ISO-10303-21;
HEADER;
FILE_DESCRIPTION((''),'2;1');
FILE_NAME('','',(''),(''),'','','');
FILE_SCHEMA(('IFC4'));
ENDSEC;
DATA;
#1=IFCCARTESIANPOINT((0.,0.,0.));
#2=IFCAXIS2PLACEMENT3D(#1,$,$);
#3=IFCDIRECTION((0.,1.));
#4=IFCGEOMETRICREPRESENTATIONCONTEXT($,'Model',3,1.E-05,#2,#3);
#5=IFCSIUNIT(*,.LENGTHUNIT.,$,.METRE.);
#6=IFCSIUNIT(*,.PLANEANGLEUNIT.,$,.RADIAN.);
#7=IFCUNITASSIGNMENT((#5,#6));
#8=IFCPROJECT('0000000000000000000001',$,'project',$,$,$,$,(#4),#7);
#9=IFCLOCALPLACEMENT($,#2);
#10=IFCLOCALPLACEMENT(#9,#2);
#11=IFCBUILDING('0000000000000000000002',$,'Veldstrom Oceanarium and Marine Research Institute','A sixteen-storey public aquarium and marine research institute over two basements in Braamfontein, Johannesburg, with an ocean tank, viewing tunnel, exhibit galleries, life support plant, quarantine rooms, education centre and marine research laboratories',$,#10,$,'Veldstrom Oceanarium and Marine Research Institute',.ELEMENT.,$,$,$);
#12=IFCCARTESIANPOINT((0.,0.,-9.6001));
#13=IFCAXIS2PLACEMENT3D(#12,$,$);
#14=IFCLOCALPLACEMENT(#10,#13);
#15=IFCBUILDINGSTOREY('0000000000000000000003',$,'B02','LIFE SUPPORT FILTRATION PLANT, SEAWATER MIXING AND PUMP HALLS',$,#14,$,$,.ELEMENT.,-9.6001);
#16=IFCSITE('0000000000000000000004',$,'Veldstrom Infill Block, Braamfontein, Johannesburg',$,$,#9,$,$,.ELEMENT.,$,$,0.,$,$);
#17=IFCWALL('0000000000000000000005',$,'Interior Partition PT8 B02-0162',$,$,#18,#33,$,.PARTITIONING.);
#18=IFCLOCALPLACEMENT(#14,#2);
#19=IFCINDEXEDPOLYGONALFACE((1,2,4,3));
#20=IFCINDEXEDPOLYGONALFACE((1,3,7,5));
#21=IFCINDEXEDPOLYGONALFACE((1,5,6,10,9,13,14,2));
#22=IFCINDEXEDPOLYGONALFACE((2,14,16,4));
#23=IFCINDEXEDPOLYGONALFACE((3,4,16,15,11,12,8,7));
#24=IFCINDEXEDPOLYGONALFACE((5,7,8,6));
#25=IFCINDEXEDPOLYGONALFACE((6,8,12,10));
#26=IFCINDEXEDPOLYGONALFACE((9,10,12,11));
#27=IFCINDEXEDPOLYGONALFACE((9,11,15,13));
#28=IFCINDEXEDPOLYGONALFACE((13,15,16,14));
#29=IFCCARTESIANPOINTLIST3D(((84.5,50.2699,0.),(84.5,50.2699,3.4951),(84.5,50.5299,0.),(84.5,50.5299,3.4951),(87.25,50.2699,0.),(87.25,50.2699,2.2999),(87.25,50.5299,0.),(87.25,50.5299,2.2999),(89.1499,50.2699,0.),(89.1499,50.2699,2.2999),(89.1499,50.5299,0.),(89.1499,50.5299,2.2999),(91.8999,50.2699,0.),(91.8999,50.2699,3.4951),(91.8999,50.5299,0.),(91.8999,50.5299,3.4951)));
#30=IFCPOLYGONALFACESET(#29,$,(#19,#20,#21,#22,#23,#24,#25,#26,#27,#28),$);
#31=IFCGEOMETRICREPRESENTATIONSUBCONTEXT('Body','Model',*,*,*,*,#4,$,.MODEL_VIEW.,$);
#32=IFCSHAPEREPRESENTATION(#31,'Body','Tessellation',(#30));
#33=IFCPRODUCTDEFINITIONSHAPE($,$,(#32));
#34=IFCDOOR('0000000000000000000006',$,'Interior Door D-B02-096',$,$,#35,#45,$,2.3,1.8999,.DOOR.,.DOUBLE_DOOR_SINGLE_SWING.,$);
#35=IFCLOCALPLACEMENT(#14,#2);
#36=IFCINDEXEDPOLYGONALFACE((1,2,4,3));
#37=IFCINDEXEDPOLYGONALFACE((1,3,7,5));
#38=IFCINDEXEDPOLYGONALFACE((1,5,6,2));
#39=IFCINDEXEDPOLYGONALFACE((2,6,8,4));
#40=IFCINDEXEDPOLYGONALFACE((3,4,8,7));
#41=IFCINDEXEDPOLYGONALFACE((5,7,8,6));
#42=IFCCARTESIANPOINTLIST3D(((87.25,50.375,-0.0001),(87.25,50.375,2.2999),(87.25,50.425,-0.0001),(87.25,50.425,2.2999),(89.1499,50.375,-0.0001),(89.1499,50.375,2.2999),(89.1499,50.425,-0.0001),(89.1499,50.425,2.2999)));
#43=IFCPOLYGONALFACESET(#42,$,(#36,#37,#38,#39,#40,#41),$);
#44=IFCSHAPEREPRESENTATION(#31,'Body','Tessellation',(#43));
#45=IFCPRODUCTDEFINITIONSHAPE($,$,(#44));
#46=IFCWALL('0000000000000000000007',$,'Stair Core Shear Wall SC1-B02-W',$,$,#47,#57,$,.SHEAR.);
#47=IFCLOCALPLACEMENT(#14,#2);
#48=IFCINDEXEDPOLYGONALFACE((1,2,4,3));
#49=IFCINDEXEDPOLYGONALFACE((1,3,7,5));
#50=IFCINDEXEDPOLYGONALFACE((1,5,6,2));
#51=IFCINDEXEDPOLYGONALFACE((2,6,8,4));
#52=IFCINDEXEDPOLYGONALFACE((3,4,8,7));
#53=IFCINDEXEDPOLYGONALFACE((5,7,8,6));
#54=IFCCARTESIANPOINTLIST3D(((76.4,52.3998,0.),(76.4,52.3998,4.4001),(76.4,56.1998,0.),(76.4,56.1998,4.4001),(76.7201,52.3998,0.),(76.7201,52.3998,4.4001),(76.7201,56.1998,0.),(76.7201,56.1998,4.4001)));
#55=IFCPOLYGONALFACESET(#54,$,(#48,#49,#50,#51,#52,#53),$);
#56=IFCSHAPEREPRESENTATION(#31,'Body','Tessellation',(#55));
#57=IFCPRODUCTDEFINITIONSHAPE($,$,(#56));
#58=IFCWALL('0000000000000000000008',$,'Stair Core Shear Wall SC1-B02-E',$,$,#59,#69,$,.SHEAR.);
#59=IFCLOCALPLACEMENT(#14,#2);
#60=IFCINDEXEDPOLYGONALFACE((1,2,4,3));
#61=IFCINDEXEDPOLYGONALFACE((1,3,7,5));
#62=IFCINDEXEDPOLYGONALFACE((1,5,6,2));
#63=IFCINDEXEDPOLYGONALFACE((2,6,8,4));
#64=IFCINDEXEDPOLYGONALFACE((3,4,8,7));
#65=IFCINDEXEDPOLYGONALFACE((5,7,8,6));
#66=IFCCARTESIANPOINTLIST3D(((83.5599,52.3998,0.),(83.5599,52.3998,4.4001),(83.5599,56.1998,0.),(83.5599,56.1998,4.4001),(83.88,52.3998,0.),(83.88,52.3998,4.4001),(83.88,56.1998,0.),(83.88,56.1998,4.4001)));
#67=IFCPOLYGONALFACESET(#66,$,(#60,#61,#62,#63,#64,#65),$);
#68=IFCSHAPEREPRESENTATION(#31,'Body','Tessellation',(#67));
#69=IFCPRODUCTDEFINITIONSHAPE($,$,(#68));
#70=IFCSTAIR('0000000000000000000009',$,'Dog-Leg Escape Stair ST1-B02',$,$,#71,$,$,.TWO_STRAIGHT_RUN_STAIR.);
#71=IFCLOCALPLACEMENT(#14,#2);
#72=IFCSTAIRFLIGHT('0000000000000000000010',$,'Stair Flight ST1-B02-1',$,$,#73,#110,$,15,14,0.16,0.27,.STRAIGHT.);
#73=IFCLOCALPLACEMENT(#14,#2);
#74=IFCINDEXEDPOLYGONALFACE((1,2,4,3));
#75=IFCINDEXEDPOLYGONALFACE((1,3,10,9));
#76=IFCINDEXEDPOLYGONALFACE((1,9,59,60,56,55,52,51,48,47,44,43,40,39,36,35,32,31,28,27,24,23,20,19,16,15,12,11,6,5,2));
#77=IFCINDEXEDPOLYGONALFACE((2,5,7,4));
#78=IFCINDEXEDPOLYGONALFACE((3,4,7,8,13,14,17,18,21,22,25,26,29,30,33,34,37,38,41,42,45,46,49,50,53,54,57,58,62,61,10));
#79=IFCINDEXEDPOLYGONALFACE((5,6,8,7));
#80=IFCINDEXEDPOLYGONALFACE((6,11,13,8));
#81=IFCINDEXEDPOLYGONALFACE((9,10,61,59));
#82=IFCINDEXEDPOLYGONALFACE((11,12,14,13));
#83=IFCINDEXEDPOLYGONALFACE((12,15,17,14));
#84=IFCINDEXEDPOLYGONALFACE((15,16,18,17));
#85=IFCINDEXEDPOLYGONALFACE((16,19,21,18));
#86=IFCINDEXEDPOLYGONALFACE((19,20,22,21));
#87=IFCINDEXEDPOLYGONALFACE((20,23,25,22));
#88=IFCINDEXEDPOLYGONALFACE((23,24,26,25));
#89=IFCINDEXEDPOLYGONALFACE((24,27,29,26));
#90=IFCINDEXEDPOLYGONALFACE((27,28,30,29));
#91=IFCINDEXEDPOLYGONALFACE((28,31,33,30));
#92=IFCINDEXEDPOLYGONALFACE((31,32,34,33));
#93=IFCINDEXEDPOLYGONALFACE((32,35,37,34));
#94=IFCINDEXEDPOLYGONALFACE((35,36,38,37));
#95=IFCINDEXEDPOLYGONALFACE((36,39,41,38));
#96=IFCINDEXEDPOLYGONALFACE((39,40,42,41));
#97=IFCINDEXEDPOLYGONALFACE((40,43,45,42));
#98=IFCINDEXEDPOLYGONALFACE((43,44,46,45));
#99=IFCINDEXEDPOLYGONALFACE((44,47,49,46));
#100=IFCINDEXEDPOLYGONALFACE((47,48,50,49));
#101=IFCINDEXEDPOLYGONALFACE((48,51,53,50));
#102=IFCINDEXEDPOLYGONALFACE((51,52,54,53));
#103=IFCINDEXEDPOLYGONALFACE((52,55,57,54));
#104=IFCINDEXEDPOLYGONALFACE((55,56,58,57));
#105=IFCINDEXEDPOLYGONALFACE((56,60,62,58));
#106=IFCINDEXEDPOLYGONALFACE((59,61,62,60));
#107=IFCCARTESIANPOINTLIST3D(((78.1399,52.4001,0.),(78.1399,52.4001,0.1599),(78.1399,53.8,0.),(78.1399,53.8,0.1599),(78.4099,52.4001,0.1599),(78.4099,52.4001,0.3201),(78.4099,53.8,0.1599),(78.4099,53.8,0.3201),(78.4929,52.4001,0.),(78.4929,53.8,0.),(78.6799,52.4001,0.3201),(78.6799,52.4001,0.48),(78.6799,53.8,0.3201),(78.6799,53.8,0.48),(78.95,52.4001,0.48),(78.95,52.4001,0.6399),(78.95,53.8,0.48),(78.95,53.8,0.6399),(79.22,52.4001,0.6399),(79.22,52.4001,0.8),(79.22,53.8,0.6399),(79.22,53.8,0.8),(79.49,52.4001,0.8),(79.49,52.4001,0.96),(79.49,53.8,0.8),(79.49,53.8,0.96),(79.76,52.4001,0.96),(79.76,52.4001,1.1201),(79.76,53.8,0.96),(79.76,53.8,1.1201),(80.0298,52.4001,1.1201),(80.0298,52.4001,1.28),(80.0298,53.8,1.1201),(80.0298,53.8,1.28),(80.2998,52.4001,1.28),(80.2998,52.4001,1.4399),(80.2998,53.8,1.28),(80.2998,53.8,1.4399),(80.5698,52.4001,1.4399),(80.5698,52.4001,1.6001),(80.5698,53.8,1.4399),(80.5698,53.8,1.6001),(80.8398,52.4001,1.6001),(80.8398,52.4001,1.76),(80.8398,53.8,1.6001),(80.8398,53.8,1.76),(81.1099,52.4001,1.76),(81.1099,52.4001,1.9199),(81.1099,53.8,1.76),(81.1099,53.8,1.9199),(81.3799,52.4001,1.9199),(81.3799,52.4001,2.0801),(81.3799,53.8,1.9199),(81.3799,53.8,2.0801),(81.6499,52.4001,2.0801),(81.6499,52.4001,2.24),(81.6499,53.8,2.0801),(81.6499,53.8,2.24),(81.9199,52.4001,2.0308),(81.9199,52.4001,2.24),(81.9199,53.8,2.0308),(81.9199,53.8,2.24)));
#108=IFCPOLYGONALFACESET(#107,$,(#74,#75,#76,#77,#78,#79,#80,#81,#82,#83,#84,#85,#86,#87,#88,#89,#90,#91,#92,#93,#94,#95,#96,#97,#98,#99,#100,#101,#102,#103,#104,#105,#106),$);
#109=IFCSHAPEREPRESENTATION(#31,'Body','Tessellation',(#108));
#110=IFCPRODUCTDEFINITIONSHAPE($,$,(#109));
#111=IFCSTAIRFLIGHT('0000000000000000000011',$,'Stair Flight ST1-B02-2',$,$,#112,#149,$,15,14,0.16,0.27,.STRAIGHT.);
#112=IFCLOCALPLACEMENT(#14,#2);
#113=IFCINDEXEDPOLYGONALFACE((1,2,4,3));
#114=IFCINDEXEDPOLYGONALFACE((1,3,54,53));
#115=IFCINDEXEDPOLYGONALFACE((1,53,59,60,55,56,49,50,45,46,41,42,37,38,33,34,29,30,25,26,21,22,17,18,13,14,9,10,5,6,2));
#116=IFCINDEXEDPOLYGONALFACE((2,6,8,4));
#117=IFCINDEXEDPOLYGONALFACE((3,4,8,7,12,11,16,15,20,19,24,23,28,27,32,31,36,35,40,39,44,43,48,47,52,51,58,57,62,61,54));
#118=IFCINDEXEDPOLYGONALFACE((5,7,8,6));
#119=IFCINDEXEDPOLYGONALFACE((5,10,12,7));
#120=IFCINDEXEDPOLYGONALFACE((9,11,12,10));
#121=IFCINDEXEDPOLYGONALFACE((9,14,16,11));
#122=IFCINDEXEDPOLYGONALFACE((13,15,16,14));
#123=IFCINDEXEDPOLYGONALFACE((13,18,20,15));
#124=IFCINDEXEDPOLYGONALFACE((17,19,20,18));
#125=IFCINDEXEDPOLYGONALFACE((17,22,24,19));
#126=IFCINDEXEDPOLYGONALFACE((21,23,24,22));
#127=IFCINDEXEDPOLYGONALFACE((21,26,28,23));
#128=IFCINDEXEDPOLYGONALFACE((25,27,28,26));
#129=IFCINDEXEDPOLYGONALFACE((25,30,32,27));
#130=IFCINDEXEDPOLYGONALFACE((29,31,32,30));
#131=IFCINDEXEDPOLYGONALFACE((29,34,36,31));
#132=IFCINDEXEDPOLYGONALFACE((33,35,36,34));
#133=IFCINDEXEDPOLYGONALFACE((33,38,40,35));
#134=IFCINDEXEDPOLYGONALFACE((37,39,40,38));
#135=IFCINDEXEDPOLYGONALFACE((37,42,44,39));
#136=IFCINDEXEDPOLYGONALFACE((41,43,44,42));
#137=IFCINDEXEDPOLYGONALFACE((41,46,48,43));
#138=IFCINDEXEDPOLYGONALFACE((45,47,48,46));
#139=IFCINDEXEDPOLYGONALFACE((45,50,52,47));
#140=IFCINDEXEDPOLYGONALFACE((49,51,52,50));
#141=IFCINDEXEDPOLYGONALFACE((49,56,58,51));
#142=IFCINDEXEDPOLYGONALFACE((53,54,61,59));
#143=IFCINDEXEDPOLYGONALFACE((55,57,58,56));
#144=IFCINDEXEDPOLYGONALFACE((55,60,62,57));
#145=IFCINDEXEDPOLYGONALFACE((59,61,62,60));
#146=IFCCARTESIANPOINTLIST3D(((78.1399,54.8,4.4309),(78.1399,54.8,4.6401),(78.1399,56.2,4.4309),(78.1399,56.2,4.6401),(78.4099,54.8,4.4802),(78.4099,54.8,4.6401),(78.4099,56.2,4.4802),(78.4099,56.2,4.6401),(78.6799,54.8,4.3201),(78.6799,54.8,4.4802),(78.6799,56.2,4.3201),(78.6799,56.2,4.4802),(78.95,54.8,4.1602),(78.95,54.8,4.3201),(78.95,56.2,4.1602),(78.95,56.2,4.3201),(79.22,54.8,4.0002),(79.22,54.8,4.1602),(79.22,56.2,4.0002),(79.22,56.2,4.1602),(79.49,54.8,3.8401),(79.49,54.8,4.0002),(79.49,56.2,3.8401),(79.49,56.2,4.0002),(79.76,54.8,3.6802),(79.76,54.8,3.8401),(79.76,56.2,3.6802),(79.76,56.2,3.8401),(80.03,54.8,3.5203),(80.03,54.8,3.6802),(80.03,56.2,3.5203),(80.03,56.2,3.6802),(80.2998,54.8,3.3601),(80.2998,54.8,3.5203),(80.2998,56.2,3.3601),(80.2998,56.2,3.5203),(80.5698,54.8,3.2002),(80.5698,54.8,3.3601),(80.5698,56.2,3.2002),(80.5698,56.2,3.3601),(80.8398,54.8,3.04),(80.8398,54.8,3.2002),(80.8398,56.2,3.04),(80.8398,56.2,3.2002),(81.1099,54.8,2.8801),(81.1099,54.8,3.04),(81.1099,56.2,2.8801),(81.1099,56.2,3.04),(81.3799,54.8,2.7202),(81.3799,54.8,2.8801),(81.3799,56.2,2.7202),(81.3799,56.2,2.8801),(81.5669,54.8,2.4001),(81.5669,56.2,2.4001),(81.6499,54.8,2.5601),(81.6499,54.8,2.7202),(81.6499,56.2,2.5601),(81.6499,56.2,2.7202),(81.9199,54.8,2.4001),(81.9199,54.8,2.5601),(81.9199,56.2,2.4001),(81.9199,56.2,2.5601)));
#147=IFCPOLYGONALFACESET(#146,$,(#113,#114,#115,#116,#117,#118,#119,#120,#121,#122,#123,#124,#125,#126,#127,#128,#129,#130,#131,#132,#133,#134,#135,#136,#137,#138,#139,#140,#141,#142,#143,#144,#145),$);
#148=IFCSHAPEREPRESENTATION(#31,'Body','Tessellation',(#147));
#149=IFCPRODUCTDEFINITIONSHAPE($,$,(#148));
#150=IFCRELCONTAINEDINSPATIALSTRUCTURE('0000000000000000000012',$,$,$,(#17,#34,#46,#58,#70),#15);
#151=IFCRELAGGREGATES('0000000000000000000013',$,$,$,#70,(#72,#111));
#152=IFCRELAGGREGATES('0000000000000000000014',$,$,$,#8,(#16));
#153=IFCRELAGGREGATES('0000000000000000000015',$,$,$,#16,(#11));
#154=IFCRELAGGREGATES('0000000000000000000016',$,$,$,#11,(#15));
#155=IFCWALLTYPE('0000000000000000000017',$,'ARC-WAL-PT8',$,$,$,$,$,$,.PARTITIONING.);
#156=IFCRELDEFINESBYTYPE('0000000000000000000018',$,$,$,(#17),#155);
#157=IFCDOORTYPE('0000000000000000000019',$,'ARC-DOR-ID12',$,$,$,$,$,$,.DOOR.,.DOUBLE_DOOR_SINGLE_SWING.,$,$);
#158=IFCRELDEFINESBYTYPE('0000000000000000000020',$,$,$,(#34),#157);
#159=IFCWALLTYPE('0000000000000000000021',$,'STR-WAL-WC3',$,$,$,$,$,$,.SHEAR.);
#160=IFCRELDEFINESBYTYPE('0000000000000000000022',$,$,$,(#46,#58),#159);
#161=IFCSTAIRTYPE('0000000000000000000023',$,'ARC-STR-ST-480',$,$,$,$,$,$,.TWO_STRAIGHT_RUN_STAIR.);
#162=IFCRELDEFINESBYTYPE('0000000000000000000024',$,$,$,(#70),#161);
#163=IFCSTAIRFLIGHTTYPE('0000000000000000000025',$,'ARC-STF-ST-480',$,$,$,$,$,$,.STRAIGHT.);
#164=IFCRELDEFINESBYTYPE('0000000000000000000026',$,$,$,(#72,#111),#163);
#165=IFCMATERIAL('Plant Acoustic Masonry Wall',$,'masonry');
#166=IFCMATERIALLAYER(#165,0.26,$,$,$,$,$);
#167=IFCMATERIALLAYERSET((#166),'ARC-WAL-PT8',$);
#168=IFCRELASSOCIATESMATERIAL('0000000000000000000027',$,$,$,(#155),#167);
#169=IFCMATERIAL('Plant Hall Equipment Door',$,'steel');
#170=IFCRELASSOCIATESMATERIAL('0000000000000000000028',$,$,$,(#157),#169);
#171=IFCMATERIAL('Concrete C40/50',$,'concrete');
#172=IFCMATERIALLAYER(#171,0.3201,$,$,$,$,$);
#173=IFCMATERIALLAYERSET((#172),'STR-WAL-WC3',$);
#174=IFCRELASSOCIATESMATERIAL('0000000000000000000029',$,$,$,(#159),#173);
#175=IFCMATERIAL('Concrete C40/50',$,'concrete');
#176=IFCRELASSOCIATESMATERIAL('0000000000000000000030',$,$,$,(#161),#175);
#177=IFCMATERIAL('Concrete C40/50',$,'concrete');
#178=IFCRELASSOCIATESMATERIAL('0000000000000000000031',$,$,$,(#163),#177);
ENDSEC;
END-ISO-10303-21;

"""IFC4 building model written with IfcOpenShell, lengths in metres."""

from ifc_helpers import new_model, si_unit, direction, frame, frame_2d, origin, place, context, subcontext, project, spatial, polyline, rectangle, outline, extrude, material, layer, layer_set, type_object, element, fill, aggregate, save


model = new_model("IFC4")

# Units and contexts
model_context = context("Model", 3, precision=1e-05, world=origin(), true_north=direction((0.0, 1.0)))
body_context = subcontext(model_context, "Body", "Model", "MODEL_VIEW")
ifc_project = project(units=[si_unit("LENGTHUNIT", "METRE"), si_unit("PLANEANGLEUNIT", "RADIAN")], contexts=[model_context])

# Site, building, storey
site_placement = place(None, origin())
site = spatial("IfcSite", under=ifc_project, at=site_placement, Name="Veldstrom Infill Block, Braamfontein, Johannesburg", CompositionType="ELEMENT", RefElevation=0.0)
building_placement = place(site_placement, origin())
building = spatial("IfcBuilding", under=site, at=building_placement, Name="Veldstrom Oceanarium and Marine Research Institute", Description="A sixteen-storey public aquarium and marine research institute over two basements in Braamfontein, Johannesburg, with an ocean tank, viewing tunnel, exhibit galleries, life support plant, quarantine rooms, education centre and marine research laboratories", LongName="Veldstrom Oceanarium and Marine Research Institute", CompositionType="ELEMENT")
storey_placement = place(building_placement, frame((0.0, 0.0, -9.6001)))
storey = spatial("IfcBuildingStorey", under=building, at=storey_placement, Name="B02", Description="LIFE SUPPORT FILTRATION PLANT, SEAWATER MIXING AND PUMP HALLS", CompositionType="ELEMENT", Elevation=-9.6001)

# Wall, opening, door
ifc_material_1 = material(Name="Plant Acoustic Masonry Wall", Category="masonry")
ifc_layer_1 = layer(ifc_material_1, 0.26)
ifc_layer_set_1 = layer_set([ifc_layer_1], Name="ARC-WAL-PT8")
wall_type_1 = type_object("IfcWallType", Name="ARC-WAL-PT8", PredefinedType="PARTITIONING", material=ifc_layer_set_1)
wall_1_placement = place(storey_placement, frame((84.5, 50.3999, 0.0), z_axis=(0.0, 0.0, 1.0), x_axis=(1.0, 0.0, 0.0)))
wall_1 = element("IfcWall", 1, at=wall_1_placement, inside=storey, type_object=wall_type_1, Name="Interior Partition PT8 B02-0162", PredefinedType="PARTITIONING", context=body_context, shape_type="SweptSolid", body=[
    extrude(rectangle(XDim=7.3999, YDim=0.26, at=frame_2d((3.7, 0.0))), origin(), (0.0, 0.0, 1.0), 3.4951),
])
opening_1_placement = place(wall_1_placement, frame((2.75, 0.0, 0.0)))
opening_1 = element("IfcOpeningElement", 2, at=opening_1_placement, cuts=wall_1, PredefinedType="OPENING", context=body_context, shape_type="SweptSolid", body=[
    extrude(rectangle(XDim=1.8999, YDim=2.3, at=frame_2d((0.95, 1.1499))), frame((0.0, 0.1399, 0.0), z_axis=(0.0, -1.0, 0.0), x_axis=(1.0, 0.0, 0.0)), (0.0, 0.0, 1.0), 0.28),
])
ifc_material_2 = material(Name="Plant Hall Equipment Door", Category="steel")
door_type_1 = type_object("IfcDoorType", Name="ARC-DOR-ID12", OperationType="DOUBLE_DOOR_SINGLE_SWING", PredefinedType="DOOR", material=ifc_material_2)
door_1_placement = place(opening_1_placement, frame((1.8999, 0.0, 0.0), z_axis=(0.0, 0.0, 1.0), x_axis=(-1.0, 0.0, 0.0)))
door_1 = element("IfcDoor", 3, at=door_1_placement, inside=storey, type_object=door_type_1, Name="Interior Door D-B02-096", OperationType="DOUBLE_DOOR_SINGLE_SWING", OverallHeight=2.3, OverallWidth=1.8999, PredefinedType="DOOR", context=body_context, shape_type="SweptSolid", body=[
    extrude(rectangle(XDim=1.8999, YDim=2.3, at=frame_2d((0.95, 1.1499))), frame((0.0, 0.0249, 0.0), z_axis=(0.0, -1.0, 0.0), x_axis=(1.0, 0.0, 0.0)), (0.0, 0.0, 1.0), 0.05),
])
fill(opening_1, door_1)

# Walls
ifc_material_3 = material(Name="Concrete C40/50", Category="concrete")
ifc_layer_2 = layer(ifc_material_3, 0.3201)
ifc_layer_set_2 = layer_set([ifc_layer_2], Name="STR-WAL-WC3")
wall_type_2 = type_object("IfcWallType", Name="STR-WAL-WC3", PredefinedType="SHEAR", material=ifc_layer_set_2)
for number, where, z_axis, x_axis, name in (
    (4, (76.5601, 52.3999, 0.0), (0.0, 0.0, 1.0), (0.0, 1.0, 0.0), "Stair Core Shear Wall SC1-B02-W"),
    (5, (83.72, 52.3999, 0.0), (0.0, 0.0, 1.0), (0.0, 1.0, 0.0), "Stair Core Shear Wall SC1-B02-E"),
):
    element("IfcWall", number, at=place(storey_placement, frame(where, z_axis=z_axis, x_axis=x_axis)), inside=storey, type_object=wall_type_2, Name=name, PredefinedType="SHEAR", context=body_context, shape_type="SweptSolid", body=[
        extrude(rectangle(XDim=3.8, YDim=0.3201, at=frame_2d((1.8999, 0.0))), origin(), (0.0, 0.0, 1.0), 4.4001),
    ])

# Stair, stair flights
ifc_material_4 = material(Name="Concrete C40/50", Category="concrete")
stair_type = type_object("IfcStairType", Name="ARC-STR-ST-480", PredefinedType="TWO_STRAIGHT_RUN_STAIR", material=ifc_material_4)
stair_placement = place(storey_placement, origin())
stair = element("IfcStair", 6, at=stair_placement, inside=storey, type_object=stair_type, Name="Dog-Leg Escape Stair ST1-B02", PredefinedType="TWO_STRAIGHT_RUN_STAIR")
ifc_material_5 = material(Name="Concrete C40/50", Category="concrete")
stair_flight_type = type_object("IfcStairFlightType", Name="ARC-STF-ST-480", PredefinedType="STRAIGHT", material=ifc_material_5)
stair_flight_1_placement = place(storey_placement, frame((78.1399, 53.1001, 0.0), z_axis=(0.0, 0.0, 1.0), x_axis=(1.0, 0.0, 0.0)))
stair_flight_1 = element("IfcStairFlight", 7, at=stair_flight_1_placement, type_object=stair_flight_type, Name="Stair Flight ST1-B02-1", NumberOfRisers=15, NumberOfTreads=14, PredefinedType="STRAIGHT", RiserHeight=0.16, TreadLength=0.27, context=body_context, shape_type="SweptSolid", body=[
    extrude(outline(polyline([(0.0, 0.0), (0.0, 0.1599), (0.27, 0.1599), (0.27, 0.3201), (0.54, 0.3201), (0.54, 0.48), (0.8101, 0.48), (0.8101, 0.6399), (1.0801, 0.6399), (1.0801, 0.8), (1.3501, 0.8), (1.3501, 0.96), (1.6201, 0.96), (1.6201, 1.1201), (1.8899, 1.1201), (1.8899, 1.28), (2.1599, 1.28), (2.1599, 1.4399), (2.4299, 1.4399), (2.4299, 1.6001), (2.7, 1.6001), (2.7, 1.76), (2.97, 1.76), (2.97, 1.9199), (3.24, 1.9199), (3.24, 2.0801), (3.51, 2.0801), (3.51, 2.24), (3.78, 2.24), (3.78, 2.3999), (3.78, 2.0308), (0.353, 0.0), (0.0, 0.0)])), frame((0.0, 0.7, 0.0), z_axis=(0.0, -1.0, 0.0), x_axis=(1.0, 0.0, 0.0)), (0.0, 0.0, 1.0), 1.3999),
])
stair_flight_2_placement = place(storey_placement, frame((81.9199, 55.5, 2.4001), z_axis=(0.0, 0.0, 1.0), x_axis=(-1.0, 0.0, 0.0)))
stair_flight_2 = element("IfcStairFlight", 8, at=stair_flight_2_placement, type_object=stair_flight_type, Name="Stair Flight ST1-B02-2", NumberOfRisers=15, NumberOfTreads=14, PredefinedType="STRAIGHT", RiserHeight=0.16, TreadLength=0.27, context=body_context, shape_type="SweptSolid", body=[
    extrude(outline(polyline([(0.0, 0.0), (0.0, 0.1599), (0.27, 0.1599), (0.27, 0.3201), (0.54, 0.3201), (0.54, 0.48), (0.8101, 0.48), (0.8101, 0.6399), (1.0801, 0.6399), (1.0801, 0.8), (1.3501, 0.8), (1.3501, 0.96), (1.6201, 0.96), (1.6201, 1.1201), (1.8899, 1.1201), (1.8899, 1.28), (2.1599, 1.28), (2.1599, 1.4399), (2.4299, 1.4399), (2.4299, 1.6001), (2.7, 1.6001), (2.7, 1.76), (2.97, 1.76), (2.97, 1.9199), (3.24, 1.9199), (3.24, 2.0801), (3.51, 2.0801), (3.51, 2.24), (3.78, 2.24), (3.78, 2.3999), (3.78, 2.0308), (0.353, 0.0), (0.0, 0.0)])), frame((0.0, 0.7, 0.0), z_axis=(0.0, -1.0, 0.0), x_axis=(1.0, 0.0, 0.0)), (0.0, 0.0, 1.0), 1.3999),
])
aggregate(stair, [stair_flight_1, stair_flight_2])

save(model, "model.ifc")
